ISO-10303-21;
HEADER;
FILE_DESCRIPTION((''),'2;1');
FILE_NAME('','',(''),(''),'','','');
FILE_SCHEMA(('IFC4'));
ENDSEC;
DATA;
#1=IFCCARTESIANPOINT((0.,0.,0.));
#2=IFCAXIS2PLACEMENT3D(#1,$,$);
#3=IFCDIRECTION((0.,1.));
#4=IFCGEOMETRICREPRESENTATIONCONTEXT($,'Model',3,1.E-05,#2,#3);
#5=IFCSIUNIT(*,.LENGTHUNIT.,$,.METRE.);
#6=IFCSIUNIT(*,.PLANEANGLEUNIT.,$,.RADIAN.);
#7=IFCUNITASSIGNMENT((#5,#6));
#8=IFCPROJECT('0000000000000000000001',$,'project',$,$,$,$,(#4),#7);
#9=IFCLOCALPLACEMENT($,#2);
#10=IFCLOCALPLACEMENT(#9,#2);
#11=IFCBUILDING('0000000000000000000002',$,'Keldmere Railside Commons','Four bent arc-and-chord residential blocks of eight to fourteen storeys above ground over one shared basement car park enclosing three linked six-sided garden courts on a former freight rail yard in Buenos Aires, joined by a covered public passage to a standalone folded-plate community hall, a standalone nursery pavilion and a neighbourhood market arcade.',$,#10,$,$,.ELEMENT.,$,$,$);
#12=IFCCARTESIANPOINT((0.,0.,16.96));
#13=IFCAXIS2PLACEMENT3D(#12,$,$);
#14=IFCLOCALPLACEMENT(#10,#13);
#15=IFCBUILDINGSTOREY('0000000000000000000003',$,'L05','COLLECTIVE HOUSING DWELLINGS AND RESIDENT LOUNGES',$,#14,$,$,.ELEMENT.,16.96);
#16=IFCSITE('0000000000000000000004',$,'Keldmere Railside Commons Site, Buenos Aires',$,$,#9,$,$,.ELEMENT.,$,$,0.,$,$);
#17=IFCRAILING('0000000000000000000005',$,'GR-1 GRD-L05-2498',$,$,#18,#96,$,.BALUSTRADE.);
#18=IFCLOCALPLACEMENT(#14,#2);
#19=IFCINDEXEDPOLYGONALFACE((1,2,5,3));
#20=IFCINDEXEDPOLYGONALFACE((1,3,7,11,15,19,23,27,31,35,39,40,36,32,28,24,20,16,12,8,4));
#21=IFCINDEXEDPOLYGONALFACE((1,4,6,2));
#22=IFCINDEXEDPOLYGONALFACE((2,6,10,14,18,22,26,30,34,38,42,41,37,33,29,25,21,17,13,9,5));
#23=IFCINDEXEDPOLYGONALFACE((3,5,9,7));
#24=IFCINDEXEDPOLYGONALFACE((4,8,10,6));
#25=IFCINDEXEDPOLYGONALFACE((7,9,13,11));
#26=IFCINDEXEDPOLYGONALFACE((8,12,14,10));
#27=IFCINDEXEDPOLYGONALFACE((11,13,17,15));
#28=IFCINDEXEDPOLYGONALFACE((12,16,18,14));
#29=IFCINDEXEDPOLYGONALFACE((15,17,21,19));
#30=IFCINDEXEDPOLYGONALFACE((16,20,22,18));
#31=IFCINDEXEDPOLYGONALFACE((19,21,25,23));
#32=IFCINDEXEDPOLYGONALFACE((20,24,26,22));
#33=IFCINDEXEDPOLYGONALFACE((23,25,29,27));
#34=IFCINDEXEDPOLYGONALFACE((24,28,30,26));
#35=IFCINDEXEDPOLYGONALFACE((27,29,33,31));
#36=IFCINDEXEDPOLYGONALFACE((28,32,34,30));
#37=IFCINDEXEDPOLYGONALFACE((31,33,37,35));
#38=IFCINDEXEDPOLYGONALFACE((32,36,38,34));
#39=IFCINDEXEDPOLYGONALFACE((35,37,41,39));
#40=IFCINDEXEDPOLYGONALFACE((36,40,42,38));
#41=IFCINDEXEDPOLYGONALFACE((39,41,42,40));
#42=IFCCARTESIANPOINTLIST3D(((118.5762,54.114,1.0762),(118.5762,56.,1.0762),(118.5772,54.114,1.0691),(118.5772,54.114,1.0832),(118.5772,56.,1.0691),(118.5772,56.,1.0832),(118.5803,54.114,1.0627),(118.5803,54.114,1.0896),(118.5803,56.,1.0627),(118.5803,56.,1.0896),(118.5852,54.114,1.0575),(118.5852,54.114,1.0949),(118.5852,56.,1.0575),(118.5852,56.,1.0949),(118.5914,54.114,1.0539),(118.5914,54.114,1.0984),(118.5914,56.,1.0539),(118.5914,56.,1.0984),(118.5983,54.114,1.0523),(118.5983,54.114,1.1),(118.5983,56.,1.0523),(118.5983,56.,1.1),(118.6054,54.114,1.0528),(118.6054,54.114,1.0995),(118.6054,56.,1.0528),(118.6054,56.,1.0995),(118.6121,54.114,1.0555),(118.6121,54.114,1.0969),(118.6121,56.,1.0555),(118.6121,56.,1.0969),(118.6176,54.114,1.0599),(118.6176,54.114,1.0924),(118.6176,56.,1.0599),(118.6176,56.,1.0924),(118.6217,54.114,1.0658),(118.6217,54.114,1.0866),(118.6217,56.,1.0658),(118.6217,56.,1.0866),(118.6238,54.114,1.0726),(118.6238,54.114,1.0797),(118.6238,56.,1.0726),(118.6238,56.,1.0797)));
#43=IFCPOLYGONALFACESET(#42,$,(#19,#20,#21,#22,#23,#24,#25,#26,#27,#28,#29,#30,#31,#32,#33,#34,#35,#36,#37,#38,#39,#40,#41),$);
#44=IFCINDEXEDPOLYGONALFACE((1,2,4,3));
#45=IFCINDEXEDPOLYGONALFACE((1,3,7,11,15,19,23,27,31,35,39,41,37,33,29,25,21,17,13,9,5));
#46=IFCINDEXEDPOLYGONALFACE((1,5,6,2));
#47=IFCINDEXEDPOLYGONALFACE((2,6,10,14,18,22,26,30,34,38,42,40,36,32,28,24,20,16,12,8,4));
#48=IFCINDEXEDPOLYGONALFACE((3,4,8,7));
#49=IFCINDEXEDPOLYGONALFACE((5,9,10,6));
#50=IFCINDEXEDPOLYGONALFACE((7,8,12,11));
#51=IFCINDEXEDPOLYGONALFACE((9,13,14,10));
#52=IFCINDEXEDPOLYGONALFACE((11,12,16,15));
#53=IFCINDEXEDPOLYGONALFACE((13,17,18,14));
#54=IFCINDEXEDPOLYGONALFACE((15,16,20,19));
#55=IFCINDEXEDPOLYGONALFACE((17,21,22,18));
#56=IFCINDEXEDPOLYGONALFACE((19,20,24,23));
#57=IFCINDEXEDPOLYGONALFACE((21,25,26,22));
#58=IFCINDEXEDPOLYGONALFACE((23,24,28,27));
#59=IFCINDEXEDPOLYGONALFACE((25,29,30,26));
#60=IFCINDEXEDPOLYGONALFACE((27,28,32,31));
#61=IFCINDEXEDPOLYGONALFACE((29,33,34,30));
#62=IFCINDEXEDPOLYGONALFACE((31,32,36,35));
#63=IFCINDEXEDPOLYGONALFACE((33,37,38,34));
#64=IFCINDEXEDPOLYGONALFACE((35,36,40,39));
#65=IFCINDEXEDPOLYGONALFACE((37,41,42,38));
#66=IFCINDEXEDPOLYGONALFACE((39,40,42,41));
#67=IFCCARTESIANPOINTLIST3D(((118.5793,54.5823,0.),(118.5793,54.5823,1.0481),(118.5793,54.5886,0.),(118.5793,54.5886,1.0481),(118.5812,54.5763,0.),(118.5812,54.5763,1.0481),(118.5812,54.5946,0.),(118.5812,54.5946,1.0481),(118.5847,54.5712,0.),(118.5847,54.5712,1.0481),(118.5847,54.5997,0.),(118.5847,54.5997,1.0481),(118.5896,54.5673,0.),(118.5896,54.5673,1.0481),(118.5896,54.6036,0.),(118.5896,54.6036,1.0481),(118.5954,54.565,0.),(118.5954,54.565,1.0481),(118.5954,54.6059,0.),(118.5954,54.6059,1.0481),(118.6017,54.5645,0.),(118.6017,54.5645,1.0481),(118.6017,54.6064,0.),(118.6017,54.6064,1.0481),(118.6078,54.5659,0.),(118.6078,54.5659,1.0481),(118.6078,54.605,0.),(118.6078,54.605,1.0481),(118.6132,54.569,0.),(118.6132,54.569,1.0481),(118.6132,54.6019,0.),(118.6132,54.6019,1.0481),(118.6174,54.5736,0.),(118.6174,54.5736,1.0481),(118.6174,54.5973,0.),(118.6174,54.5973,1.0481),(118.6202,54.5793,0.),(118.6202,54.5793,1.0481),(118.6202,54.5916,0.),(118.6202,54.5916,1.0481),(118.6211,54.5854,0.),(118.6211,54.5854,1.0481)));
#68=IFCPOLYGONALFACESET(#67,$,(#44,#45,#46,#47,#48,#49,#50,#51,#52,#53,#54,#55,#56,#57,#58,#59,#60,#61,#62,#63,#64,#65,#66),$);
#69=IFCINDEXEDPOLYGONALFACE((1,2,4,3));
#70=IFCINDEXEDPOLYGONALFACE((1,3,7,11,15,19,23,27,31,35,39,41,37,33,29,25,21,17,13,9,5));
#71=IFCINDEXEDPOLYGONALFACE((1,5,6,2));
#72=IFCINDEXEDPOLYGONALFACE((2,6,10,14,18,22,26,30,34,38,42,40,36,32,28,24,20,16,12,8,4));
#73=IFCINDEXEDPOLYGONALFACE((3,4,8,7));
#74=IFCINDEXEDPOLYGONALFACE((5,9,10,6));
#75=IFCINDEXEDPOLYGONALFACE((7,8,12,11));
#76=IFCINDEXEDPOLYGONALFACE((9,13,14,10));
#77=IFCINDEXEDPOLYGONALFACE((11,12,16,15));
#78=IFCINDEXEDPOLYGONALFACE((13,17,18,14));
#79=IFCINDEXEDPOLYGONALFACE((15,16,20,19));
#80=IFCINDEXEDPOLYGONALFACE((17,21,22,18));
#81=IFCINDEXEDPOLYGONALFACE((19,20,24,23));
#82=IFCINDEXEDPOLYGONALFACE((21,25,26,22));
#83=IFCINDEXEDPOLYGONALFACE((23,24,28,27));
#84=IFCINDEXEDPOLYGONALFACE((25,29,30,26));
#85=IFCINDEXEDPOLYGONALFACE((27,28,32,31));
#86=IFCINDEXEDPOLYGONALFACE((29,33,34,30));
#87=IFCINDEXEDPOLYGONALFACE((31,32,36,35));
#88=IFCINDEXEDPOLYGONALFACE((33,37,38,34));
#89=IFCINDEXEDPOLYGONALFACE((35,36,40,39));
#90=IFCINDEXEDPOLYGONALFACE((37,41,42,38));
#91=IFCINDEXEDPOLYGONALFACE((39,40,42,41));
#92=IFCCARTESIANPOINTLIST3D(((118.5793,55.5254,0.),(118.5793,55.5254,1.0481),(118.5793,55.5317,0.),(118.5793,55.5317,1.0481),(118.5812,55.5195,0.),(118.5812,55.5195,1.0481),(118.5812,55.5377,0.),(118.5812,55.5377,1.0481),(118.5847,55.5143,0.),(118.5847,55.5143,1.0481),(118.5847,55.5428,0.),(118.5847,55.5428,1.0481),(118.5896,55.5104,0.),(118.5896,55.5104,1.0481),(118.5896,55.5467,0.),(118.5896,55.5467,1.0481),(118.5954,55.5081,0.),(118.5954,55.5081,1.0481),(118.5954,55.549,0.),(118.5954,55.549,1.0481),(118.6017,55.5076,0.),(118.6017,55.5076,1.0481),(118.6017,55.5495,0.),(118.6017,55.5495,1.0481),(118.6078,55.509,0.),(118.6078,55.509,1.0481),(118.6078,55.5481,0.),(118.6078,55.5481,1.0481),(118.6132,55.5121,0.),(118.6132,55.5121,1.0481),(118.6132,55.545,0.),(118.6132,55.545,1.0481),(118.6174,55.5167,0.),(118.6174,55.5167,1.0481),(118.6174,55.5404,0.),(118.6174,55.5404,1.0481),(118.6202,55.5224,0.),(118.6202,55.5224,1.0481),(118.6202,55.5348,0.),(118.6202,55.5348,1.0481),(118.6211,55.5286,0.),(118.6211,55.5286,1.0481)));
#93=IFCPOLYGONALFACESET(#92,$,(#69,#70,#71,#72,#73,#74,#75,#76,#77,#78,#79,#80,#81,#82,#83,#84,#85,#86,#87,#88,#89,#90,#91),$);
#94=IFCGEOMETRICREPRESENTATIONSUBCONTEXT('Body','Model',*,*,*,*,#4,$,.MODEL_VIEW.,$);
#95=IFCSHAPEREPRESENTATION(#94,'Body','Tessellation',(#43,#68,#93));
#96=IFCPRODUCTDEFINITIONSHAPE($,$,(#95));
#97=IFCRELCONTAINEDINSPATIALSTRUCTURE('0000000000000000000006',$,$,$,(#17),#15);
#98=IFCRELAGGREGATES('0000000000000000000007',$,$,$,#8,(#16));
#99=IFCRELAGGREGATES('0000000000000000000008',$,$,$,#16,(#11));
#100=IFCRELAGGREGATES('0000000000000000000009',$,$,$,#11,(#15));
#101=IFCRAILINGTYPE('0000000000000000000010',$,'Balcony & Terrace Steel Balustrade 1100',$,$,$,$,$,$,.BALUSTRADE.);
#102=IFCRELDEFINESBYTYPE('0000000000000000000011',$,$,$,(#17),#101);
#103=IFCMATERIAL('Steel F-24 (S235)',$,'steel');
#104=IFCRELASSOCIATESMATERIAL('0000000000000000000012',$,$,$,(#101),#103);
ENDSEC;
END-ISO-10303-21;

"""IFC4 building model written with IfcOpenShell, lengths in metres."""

from ifc_helpers import new_model, si_unit, direction, frame, origin, origin_2d, place, context, subcontext, project, spatial, circle, extrude, material, type_object, element, save


model = new_model("IFC4")

# Units and contexts
model_context = context("Model", 3, precision=1e-05, world=origin(), true_north=direction((0.0, 1.0)))
body_context = subcontext(model_context, "Body", "Model", "MODEL_VIEW")
ifc_project = project(units=[si_unit("LENGTHUNIT", "METRE"), si_unit("PLANEANGLEUNIT", "RADIAN")], contexts=[model_context])

# Site, building, storey
site_placement = place(None, origin())
site = spatial("IfcSite", under=ifc_project, at=site_placement, Name="Keldmere Railside Commons Site, Buenos Aires", CompositionType="ELEMENT", RefElevation=0.0)
building_placement = place(site_placement, origin())
building = spatial("IfcBuilding", under=site, at=building_placement, Name="Keldmere Railside Commons", Description="Four bent arc-and-chord residential blocks of eight to fourteen storeys above ground over one shared basement car park enclosing three linked six-sided garden courts on a former freight rail yard in Buenos Aires, joined by a covered public passage to a standalone folded-plate community hall, a standalone nursery pavilion and a neighbourhood market arcade.", CompositionType="ELEMENT")
storey_placement = place(building_placement, frame((0.0, 0.0, 16.96)))
storey = spatial("IfcBuildingStorey", under=building, at=storey_placement, Name="L05", Description="COLLECTIVE HOUSING DWELLINGS AND RESIDENT LOUNGES", CompositionType="ELEMENT", Elevation=16.96)

# Shared definitions
ifc_material_1 = material(Name="Steel F-24 (S235)", Category="steel")

# Railing
railing_type = type_object("IfcRailingType", Name="Balcony & Terrace Steel Balustrade 1100", PredefinedType="BALUSTRADE", material=ifc_material_1)
railing_1_placement = place(storey_placement, frame((118.6001, 54.114, 0.0)))
element("IfcRailing", 1, at=railing_1_placement, inside=storey, type_object=railing_type, Name="GR-1 GRD-L05-2498", PredefinedType="BALUSTRADE", context=body_context, shape_type="SweptSolid", body=[
    extrude(circle(Radius=0.0239, at=origin_2d()), frame((0.0, 0.0, 1.0762), z_axis=(0.0, 1.0, 0.0), x_axis=(-1.0, 0.0, 0.0)), (0.0, 0.0, 1.0), 1.886),
    extrude(circle(Radius=0.021, at=origin_2d()), frame((0.0, 0.4714, 0.0)), (0.0, 0.0, 1.0), 1.0481),
    extrude(circle(Radius=0.021, at=origin_2d()), frame((0.0, 1.4146, 0.0)), (0.0, 0.0, 1.0), 1.0481),
])

save(model, "model.ifc")
